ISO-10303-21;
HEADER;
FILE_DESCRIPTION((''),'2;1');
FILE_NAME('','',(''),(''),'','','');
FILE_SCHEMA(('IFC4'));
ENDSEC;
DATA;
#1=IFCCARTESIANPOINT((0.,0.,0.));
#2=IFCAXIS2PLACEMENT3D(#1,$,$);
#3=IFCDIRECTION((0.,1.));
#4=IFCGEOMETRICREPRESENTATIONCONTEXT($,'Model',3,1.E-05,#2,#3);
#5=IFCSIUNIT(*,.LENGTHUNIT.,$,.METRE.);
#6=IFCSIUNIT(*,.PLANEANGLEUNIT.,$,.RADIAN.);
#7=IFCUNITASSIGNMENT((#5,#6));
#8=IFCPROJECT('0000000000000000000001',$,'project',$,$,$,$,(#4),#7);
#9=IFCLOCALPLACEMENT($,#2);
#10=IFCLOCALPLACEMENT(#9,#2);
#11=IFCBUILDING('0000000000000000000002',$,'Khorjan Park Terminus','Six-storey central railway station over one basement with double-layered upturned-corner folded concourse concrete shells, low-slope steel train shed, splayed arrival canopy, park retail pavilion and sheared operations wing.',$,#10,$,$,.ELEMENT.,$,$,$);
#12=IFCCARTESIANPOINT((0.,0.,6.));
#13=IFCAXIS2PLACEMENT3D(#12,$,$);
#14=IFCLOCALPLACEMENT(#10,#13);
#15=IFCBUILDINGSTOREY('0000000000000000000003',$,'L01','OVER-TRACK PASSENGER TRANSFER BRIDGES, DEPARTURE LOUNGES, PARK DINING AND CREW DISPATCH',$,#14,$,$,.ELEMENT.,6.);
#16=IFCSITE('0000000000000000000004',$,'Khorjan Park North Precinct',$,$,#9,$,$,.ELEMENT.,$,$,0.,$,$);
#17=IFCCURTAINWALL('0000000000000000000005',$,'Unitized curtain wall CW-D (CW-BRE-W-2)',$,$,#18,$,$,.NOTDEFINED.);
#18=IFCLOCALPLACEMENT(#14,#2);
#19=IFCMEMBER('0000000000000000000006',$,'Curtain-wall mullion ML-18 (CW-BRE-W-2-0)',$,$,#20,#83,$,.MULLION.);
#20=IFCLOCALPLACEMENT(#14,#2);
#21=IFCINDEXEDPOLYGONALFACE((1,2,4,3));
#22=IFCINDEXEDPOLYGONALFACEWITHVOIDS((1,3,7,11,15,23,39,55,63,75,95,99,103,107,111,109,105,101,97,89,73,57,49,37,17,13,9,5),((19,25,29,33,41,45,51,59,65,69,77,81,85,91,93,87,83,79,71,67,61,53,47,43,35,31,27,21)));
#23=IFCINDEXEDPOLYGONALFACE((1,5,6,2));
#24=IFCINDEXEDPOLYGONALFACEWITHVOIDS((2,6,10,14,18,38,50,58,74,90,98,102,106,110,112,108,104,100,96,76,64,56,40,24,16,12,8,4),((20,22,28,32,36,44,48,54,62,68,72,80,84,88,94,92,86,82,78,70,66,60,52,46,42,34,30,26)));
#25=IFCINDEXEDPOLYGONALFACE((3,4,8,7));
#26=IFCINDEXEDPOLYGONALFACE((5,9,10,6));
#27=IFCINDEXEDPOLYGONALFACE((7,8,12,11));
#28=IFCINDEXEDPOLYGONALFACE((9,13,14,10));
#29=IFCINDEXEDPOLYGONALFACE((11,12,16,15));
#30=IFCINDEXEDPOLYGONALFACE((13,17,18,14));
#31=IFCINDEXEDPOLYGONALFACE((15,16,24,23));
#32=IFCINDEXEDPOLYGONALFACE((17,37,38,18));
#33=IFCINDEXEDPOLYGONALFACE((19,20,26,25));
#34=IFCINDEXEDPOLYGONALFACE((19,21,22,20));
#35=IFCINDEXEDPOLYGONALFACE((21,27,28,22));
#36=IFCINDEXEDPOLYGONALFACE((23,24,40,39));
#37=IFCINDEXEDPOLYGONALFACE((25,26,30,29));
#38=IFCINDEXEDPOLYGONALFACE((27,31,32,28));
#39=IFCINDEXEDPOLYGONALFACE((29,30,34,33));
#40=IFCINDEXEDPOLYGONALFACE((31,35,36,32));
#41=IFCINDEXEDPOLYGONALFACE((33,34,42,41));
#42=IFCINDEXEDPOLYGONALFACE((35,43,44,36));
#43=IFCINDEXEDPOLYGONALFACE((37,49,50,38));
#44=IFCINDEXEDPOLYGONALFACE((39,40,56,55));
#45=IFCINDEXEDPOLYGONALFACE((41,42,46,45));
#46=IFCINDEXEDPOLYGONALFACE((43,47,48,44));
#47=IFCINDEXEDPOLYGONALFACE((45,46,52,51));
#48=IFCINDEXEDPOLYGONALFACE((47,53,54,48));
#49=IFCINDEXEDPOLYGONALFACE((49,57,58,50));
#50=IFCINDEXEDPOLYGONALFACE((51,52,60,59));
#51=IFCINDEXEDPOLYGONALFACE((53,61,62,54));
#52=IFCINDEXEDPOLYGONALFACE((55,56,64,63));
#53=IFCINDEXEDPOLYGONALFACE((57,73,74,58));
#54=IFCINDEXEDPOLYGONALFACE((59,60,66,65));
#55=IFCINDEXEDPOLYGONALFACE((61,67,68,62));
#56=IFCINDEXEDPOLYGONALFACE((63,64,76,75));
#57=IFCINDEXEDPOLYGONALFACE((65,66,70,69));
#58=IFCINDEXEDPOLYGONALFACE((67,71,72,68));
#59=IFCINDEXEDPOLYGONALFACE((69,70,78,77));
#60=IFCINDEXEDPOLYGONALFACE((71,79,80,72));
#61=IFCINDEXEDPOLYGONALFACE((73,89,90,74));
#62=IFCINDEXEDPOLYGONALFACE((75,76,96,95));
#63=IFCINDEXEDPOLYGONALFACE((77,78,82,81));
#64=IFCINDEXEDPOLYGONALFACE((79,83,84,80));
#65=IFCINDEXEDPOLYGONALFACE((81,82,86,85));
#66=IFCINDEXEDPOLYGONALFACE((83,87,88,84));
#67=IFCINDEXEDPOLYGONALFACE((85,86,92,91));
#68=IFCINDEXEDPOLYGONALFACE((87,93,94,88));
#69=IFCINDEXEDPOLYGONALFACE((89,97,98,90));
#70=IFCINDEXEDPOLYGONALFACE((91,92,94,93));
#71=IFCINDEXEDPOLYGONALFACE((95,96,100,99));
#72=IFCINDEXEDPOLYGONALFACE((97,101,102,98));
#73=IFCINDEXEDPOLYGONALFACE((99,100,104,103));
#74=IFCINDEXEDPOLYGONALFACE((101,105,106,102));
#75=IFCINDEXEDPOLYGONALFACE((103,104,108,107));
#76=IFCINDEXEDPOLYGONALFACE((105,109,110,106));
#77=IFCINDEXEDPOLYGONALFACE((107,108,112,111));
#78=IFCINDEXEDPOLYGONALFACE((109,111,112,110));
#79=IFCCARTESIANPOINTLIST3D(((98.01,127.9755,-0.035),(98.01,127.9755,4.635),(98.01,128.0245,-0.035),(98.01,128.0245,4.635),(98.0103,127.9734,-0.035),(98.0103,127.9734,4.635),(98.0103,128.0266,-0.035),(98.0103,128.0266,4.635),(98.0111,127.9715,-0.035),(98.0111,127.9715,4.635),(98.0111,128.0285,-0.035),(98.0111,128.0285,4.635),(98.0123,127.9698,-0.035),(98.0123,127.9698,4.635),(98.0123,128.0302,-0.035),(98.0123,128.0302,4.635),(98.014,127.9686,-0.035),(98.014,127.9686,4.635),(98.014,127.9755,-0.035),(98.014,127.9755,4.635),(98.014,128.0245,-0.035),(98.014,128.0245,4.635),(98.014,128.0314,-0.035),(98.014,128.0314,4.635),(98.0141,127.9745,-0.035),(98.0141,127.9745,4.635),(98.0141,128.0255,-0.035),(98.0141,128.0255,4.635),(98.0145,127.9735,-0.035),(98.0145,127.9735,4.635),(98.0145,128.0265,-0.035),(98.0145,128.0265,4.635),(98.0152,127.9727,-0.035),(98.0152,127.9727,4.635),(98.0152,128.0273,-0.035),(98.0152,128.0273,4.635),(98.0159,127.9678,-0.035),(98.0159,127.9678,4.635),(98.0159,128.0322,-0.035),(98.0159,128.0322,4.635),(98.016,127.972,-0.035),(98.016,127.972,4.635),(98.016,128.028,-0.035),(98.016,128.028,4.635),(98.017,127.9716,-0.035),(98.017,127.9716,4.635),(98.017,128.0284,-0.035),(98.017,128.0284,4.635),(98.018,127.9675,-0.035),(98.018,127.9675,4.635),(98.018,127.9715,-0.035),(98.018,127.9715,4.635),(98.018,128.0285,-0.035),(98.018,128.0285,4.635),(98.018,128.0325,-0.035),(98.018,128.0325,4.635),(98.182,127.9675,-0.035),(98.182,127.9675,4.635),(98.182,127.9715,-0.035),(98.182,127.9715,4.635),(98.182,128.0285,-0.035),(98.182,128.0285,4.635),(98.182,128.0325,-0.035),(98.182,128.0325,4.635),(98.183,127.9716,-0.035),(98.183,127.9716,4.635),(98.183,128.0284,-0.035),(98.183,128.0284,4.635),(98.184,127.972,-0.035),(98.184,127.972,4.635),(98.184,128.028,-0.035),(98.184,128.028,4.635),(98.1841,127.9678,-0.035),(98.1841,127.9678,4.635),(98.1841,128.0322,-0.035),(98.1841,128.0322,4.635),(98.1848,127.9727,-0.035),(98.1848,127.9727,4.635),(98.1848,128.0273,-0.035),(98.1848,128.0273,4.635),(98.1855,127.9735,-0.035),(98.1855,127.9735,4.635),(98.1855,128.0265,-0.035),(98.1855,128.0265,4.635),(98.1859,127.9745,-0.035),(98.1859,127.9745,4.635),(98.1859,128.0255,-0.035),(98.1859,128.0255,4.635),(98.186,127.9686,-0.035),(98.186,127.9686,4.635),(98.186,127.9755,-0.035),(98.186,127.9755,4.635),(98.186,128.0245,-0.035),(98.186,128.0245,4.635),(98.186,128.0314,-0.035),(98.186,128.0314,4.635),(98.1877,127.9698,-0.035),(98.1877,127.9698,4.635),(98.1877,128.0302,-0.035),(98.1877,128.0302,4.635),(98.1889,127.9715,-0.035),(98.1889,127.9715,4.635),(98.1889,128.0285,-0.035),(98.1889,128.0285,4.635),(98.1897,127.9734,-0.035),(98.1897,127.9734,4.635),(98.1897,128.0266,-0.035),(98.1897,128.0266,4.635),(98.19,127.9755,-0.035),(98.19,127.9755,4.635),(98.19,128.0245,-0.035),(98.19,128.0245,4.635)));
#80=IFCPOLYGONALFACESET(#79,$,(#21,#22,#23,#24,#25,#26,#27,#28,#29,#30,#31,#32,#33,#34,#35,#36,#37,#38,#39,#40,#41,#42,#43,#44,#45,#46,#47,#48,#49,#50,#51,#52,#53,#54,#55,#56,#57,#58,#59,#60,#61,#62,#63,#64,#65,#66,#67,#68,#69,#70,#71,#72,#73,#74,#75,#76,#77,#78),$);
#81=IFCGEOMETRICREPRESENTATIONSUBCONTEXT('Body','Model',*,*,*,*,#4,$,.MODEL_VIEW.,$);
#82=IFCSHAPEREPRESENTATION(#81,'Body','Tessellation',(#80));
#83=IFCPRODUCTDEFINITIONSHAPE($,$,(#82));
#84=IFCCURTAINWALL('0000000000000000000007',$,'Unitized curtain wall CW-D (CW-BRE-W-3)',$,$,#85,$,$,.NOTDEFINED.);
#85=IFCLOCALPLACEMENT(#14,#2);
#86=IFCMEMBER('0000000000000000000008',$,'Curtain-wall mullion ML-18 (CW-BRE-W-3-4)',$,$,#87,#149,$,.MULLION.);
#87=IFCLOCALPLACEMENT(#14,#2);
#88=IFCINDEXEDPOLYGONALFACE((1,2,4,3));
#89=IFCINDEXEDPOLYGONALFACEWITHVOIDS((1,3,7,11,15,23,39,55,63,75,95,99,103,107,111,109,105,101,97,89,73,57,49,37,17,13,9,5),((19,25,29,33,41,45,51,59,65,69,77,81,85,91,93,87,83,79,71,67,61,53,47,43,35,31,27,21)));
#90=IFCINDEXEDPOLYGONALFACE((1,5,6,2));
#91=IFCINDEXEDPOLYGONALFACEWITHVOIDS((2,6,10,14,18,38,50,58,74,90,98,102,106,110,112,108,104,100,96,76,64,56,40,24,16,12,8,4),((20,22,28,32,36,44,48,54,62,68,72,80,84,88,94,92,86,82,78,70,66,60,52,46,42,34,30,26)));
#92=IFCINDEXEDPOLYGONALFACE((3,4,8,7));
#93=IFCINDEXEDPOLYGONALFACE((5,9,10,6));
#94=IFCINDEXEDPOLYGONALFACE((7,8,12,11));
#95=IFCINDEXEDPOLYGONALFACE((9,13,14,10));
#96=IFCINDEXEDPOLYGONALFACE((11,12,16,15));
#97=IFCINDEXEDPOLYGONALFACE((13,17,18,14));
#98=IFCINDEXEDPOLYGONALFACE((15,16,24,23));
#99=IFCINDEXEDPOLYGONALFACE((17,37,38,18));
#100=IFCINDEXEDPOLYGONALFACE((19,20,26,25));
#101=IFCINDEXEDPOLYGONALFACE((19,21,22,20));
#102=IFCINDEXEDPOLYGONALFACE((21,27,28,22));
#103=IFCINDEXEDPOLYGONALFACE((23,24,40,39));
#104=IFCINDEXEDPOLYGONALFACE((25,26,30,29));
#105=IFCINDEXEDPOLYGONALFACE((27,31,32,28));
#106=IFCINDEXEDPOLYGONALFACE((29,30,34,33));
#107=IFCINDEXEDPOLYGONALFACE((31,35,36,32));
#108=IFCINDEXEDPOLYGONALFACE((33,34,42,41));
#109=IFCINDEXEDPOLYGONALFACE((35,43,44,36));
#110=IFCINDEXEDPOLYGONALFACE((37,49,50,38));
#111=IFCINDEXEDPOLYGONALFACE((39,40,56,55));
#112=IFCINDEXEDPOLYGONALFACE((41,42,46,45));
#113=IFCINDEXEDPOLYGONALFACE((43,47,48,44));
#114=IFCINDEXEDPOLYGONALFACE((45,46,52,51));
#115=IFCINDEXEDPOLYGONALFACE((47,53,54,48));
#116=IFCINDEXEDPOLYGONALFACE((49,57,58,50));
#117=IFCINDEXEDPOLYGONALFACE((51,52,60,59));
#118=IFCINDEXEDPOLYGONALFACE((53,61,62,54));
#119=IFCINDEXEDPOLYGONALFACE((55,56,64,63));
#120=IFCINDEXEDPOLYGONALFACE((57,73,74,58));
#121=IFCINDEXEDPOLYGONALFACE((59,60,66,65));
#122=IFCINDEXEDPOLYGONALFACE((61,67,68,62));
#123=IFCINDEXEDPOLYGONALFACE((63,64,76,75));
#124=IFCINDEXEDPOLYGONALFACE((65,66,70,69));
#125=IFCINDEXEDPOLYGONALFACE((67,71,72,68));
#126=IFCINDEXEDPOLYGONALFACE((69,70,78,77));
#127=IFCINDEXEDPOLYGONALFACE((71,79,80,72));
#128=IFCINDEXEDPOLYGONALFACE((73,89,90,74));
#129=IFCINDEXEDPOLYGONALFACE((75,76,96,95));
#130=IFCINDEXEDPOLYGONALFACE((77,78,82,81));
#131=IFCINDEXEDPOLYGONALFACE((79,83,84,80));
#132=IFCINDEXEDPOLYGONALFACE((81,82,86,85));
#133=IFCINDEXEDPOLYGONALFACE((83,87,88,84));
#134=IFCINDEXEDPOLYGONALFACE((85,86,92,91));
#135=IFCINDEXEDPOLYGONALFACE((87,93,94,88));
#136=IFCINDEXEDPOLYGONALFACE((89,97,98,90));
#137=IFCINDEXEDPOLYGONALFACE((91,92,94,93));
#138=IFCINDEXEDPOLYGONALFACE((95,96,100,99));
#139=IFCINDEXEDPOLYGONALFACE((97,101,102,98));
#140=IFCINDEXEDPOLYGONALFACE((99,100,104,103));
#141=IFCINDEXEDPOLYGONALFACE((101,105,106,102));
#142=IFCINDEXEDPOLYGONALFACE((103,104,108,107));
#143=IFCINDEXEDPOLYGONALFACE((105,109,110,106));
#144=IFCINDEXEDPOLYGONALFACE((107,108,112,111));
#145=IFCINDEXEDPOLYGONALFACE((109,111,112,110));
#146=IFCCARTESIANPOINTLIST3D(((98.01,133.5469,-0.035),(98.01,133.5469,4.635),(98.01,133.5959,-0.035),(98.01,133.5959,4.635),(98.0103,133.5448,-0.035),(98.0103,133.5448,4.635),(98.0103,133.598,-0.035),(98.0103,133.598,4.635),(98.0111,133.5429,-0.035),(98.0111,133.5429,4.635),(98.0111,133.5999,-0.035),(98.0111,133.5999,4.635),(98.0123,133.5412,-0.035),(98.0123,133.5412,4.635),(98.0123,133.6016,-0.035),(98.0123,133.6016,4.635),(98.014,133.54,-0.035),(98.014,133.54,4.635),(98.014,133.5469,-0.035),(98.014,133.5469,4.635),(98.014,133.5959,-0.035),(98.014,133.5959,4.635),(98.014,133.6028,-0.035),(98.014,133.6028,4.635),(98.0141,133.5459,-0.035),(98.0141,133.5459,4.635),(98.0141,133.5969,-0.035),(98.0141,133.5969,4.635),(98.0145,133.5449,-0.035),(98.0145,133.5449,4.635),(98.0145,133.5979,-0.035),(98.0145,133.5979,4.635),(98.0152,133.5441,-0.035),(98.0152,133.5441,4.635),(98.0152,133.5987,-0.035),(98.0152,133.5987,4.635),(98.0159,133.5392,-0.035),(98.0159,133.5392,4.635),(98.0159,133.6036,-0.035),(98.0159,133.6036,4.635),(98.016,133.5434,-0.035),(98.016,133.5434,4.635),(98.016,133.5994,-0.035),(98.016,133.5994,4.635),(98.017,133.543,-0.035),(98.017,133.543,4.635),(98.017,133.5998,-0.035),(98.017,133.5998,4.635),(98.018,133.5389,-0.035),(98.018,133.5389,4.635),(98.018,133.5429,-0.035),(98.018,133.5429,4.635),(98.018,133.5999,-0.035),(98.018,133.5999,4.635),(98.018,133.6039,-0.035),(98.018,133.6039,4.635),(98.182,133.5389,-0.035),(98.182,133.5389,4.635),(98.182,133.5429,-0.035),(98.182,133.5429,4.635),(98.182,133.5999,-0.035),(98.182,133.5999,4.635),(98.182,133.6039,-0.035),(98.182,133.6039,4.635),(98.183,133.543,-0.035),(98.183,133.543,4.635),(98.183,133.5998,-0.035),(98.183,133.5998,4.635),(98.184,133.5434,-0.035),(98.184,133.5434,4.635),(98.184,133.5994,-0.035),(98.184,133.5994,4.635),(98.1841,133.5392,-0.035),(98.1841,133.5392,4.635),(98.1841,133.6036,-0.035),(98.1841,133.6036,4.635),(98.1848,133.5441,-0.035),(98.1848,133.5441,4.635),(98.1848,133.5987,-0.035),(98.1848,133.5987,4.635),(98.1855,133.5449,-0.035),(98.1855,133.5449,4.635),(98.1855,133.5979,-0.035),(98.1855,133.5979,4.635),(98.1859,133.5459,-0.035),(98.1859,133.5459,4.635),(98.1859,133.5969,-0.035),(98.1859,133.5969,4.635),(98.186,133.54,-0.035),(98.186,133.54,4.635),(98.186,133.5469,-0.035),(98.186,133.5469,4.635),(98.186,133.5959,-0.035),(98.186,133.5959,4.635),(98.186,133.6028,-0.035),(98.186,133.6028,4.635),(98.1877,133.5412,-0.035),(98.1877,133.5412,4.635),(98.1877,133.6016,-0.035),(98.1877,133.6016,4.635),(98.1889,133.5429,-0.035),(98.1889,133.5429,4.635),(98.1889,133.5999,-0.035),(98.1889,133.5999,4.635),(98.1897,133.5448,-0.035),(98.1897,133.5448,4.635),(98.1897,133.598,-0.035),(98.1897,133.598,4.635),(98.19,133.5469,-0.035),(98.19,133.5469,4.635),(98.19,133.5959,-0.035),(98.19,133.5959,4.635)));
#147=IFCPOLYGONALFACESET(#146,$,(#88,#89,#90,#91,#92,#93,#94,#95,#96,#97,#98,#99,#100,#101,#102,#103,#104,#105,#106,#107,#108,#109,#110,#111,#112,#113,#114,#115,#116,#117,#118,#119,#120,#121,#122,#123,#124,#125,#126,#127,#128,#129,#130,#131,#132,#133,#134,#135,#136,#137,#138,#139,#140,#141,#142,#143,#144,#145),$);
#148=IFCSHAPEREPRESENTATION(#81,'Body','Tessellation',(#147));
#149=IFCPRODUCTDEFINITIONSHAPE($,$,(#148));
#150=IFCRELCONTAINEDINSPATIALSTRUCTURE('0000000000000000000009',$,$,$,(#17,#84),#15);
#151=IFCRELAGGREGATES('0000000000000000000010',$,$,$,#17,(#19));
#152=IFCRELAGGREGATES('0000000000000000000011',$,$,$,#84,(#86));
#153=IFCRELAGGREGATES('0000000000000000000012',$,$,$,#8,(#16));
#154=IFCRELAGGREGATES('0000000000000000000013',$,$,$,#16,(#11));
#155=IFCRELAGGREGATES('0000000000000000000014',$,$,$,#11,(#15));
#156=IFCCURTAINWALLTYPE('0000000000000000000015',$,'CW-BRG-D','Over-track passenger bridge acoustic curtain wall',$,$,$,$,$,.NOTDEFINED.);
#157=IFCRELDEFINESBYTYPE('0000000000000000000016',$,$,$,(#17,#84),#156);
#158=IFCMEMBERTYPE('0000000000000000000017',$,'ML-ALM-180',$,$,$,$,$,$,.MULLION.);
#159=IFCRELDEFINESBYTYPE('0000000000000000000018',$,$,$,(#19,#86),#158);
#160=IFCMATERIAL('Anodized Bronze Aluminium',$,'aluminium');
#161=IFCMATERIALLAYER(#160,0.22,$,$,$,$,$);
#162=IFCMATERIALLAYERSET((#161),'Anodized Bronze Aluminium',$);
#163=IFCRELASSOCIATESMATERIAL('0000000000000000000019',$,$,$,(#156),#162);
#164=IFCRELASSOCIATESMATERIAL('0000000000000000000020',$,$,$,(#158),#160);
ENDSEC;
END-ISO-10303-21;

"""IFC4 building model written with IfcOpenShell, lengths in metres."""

from ifc_helpers import new_model, si_unit, direction, frame, origin, origin_2d, place, context, subcontext, project, spatial, hollow_rectangle, extrude, material, layer, layer_set, material_profile, profile_set, type_object, element, aggregate, save


model = new_model("IFC4")

# Units and contexts
model_context = context("Model", 3, precision=1e-05, world=origin(), true_north=direction((0.0, 1.0)))
body_context = subcontext(model_context, "Body", "Model", "MODEL_VIEW")
ifc_project = project(units=[si_unit("LENGTHUNIT", "METRE"), si_unit("PLANEANGLEUNIT", "RADIAN")], contexts=[model_context])

# Site, building, storey
site_placement = place(None, origin())
site = spatial("IfcSite", under=ifc_project, at=site_placement, Name="Khorjan Park North Precinct", CompositionType="ELEMENT", RefElevation=0.0)
building_placement = place(site_placement, origin())
building = spatial("IfcBuilding", under=site, at=building_placement, Name="Khorjan Park Terminus", Description="Six-storey central railway station over one basement with double-layered upturned-corner folded concourse concrete shells, low-slope steel train shed, splayed arrival canopy, park retail pavilion and sheared operations wing.", CompositionType="ELEMENT")
storey_placement = place(building_placement, frame((0.0, 0.0, 6.0)))
storey = spatial("IfcBuildingStorey", under=building, at=storey_placement, Name="L01", Description="OVER-TRACK PASSENGER TRANSFER BRIDGES, DEPARTURE LOUNGES, PARK DINING AND CREW DISPATCH", CompositionType="ELEMENT", Elevation=6.0)

# Curtain wall, member
ifc_material_1 = material(Name="Anodized Bronze Aluminium", Category="aluminium")
ifc_layer_1 = layer(ifc_material_1, 0.22)
ifc_layer_set_1 = layer_set([ifc_layer_1], Name="Anodized Bronze Aluminium")
curtain_wall_type = type_object("IfcCurtainWallType", Name="CW-BRG-D", Description="Over-track passenger bridge acoustic curtain wall", PredefinedType="NOTDEFINED", material=ifc_layer_set_1)
curtain_wall_1_placement = place(storey_placement, origin())
curtain_wall_1 = element("IfcCurtainWall", 1, at=curtain_wall_1_placement, inside=storey, type_object=curtain_wall_type, Name="Unitized curtain wall CW-D (CW-BRE-W-2)", PredefinedType="NOTDEFINED")
ifc_material_profile_1 = material_profile(ifc_material_1, hollow_rectangle(XDim=0.065, YDim=0.18, WallThickness=0.004, InnerFilletRadius=0.004, OuterFilletRadius=0.008, at=origin_2d()), Name="ALM 65x180x4")
ifc_profile_set_1 = profile_set([ifc_material_profile_1], Name="Anodized Bronze Aluminium")
member_type_1 = type_object("IfcMemberType", Name="ML-ALM-180", PredefinedType="MULLION", material=ifc_profile_set_1)
member_1_placement = place(storey_placement, frame((98.1, 128.0, -0.035), z_axis=(0.0, 0.0, 1.0), x_axis=(0.0, -1.0, 0.0)))
member_1 = element("IfcMember", 2, at=member_1_placement, type_object=member_type_1, Name="Curtain-wall mullion ML-18 (CW-BRE-W-2-0)", PredefinedType="MULLION", context=body_context, shape_type="SweptSolid", body=[
    extrude(hollow_rectangle(XDim=0.065, YDim=0.18, WallThickness=0.004, InnerFilletRadius=0.004, OuterFilletRadius=0.008, at=origin_2d()), origin(), (0.0, 0.0, 1.0), 4.67),
])

# Curtain wall, member
curtain_wall_2_placement = place(storey_placement, origin())
curtain_wall_2 = element("IfcCurtainWall", 3, at=curtain_wall_2_placement, inside=storey, type_object=curtain_wall_type, Name="Unitized curtain wall CW-D (CW-BRE-W-3)", PredefinedType="NOTDEFINED")
member_2_placement = place(storey_placement, frame((98.1, 133.5714, -0.035), z_axis=(0.0, 0.0, 1.0), x_axis=(0.0, -1.0, 0.0)))
member_2 = element("IfcMember", 4, at=member_2_placement, type_object=member_type_1, Name="Curtain-wall mullion ML-18 (CW-BRE-W-3-4)", PredefinedType="MULLION", context=body_context, shape_type="SweptSolid", body=[
    extrude(hollow_rectangle(XDim=0.065, YDim=0.18, WallThickness=0.004, InnerFilletRadius=0.004, OuterFilletRadius=0.008, at=origin_2d()), origin(), (0.0, 0.0, 1.0), 4.67),
])

aggregate(curtain_wall_1, [member_1])
aggregate(curtain_wall_2, [member_2])

save(model, "model.ifc")
